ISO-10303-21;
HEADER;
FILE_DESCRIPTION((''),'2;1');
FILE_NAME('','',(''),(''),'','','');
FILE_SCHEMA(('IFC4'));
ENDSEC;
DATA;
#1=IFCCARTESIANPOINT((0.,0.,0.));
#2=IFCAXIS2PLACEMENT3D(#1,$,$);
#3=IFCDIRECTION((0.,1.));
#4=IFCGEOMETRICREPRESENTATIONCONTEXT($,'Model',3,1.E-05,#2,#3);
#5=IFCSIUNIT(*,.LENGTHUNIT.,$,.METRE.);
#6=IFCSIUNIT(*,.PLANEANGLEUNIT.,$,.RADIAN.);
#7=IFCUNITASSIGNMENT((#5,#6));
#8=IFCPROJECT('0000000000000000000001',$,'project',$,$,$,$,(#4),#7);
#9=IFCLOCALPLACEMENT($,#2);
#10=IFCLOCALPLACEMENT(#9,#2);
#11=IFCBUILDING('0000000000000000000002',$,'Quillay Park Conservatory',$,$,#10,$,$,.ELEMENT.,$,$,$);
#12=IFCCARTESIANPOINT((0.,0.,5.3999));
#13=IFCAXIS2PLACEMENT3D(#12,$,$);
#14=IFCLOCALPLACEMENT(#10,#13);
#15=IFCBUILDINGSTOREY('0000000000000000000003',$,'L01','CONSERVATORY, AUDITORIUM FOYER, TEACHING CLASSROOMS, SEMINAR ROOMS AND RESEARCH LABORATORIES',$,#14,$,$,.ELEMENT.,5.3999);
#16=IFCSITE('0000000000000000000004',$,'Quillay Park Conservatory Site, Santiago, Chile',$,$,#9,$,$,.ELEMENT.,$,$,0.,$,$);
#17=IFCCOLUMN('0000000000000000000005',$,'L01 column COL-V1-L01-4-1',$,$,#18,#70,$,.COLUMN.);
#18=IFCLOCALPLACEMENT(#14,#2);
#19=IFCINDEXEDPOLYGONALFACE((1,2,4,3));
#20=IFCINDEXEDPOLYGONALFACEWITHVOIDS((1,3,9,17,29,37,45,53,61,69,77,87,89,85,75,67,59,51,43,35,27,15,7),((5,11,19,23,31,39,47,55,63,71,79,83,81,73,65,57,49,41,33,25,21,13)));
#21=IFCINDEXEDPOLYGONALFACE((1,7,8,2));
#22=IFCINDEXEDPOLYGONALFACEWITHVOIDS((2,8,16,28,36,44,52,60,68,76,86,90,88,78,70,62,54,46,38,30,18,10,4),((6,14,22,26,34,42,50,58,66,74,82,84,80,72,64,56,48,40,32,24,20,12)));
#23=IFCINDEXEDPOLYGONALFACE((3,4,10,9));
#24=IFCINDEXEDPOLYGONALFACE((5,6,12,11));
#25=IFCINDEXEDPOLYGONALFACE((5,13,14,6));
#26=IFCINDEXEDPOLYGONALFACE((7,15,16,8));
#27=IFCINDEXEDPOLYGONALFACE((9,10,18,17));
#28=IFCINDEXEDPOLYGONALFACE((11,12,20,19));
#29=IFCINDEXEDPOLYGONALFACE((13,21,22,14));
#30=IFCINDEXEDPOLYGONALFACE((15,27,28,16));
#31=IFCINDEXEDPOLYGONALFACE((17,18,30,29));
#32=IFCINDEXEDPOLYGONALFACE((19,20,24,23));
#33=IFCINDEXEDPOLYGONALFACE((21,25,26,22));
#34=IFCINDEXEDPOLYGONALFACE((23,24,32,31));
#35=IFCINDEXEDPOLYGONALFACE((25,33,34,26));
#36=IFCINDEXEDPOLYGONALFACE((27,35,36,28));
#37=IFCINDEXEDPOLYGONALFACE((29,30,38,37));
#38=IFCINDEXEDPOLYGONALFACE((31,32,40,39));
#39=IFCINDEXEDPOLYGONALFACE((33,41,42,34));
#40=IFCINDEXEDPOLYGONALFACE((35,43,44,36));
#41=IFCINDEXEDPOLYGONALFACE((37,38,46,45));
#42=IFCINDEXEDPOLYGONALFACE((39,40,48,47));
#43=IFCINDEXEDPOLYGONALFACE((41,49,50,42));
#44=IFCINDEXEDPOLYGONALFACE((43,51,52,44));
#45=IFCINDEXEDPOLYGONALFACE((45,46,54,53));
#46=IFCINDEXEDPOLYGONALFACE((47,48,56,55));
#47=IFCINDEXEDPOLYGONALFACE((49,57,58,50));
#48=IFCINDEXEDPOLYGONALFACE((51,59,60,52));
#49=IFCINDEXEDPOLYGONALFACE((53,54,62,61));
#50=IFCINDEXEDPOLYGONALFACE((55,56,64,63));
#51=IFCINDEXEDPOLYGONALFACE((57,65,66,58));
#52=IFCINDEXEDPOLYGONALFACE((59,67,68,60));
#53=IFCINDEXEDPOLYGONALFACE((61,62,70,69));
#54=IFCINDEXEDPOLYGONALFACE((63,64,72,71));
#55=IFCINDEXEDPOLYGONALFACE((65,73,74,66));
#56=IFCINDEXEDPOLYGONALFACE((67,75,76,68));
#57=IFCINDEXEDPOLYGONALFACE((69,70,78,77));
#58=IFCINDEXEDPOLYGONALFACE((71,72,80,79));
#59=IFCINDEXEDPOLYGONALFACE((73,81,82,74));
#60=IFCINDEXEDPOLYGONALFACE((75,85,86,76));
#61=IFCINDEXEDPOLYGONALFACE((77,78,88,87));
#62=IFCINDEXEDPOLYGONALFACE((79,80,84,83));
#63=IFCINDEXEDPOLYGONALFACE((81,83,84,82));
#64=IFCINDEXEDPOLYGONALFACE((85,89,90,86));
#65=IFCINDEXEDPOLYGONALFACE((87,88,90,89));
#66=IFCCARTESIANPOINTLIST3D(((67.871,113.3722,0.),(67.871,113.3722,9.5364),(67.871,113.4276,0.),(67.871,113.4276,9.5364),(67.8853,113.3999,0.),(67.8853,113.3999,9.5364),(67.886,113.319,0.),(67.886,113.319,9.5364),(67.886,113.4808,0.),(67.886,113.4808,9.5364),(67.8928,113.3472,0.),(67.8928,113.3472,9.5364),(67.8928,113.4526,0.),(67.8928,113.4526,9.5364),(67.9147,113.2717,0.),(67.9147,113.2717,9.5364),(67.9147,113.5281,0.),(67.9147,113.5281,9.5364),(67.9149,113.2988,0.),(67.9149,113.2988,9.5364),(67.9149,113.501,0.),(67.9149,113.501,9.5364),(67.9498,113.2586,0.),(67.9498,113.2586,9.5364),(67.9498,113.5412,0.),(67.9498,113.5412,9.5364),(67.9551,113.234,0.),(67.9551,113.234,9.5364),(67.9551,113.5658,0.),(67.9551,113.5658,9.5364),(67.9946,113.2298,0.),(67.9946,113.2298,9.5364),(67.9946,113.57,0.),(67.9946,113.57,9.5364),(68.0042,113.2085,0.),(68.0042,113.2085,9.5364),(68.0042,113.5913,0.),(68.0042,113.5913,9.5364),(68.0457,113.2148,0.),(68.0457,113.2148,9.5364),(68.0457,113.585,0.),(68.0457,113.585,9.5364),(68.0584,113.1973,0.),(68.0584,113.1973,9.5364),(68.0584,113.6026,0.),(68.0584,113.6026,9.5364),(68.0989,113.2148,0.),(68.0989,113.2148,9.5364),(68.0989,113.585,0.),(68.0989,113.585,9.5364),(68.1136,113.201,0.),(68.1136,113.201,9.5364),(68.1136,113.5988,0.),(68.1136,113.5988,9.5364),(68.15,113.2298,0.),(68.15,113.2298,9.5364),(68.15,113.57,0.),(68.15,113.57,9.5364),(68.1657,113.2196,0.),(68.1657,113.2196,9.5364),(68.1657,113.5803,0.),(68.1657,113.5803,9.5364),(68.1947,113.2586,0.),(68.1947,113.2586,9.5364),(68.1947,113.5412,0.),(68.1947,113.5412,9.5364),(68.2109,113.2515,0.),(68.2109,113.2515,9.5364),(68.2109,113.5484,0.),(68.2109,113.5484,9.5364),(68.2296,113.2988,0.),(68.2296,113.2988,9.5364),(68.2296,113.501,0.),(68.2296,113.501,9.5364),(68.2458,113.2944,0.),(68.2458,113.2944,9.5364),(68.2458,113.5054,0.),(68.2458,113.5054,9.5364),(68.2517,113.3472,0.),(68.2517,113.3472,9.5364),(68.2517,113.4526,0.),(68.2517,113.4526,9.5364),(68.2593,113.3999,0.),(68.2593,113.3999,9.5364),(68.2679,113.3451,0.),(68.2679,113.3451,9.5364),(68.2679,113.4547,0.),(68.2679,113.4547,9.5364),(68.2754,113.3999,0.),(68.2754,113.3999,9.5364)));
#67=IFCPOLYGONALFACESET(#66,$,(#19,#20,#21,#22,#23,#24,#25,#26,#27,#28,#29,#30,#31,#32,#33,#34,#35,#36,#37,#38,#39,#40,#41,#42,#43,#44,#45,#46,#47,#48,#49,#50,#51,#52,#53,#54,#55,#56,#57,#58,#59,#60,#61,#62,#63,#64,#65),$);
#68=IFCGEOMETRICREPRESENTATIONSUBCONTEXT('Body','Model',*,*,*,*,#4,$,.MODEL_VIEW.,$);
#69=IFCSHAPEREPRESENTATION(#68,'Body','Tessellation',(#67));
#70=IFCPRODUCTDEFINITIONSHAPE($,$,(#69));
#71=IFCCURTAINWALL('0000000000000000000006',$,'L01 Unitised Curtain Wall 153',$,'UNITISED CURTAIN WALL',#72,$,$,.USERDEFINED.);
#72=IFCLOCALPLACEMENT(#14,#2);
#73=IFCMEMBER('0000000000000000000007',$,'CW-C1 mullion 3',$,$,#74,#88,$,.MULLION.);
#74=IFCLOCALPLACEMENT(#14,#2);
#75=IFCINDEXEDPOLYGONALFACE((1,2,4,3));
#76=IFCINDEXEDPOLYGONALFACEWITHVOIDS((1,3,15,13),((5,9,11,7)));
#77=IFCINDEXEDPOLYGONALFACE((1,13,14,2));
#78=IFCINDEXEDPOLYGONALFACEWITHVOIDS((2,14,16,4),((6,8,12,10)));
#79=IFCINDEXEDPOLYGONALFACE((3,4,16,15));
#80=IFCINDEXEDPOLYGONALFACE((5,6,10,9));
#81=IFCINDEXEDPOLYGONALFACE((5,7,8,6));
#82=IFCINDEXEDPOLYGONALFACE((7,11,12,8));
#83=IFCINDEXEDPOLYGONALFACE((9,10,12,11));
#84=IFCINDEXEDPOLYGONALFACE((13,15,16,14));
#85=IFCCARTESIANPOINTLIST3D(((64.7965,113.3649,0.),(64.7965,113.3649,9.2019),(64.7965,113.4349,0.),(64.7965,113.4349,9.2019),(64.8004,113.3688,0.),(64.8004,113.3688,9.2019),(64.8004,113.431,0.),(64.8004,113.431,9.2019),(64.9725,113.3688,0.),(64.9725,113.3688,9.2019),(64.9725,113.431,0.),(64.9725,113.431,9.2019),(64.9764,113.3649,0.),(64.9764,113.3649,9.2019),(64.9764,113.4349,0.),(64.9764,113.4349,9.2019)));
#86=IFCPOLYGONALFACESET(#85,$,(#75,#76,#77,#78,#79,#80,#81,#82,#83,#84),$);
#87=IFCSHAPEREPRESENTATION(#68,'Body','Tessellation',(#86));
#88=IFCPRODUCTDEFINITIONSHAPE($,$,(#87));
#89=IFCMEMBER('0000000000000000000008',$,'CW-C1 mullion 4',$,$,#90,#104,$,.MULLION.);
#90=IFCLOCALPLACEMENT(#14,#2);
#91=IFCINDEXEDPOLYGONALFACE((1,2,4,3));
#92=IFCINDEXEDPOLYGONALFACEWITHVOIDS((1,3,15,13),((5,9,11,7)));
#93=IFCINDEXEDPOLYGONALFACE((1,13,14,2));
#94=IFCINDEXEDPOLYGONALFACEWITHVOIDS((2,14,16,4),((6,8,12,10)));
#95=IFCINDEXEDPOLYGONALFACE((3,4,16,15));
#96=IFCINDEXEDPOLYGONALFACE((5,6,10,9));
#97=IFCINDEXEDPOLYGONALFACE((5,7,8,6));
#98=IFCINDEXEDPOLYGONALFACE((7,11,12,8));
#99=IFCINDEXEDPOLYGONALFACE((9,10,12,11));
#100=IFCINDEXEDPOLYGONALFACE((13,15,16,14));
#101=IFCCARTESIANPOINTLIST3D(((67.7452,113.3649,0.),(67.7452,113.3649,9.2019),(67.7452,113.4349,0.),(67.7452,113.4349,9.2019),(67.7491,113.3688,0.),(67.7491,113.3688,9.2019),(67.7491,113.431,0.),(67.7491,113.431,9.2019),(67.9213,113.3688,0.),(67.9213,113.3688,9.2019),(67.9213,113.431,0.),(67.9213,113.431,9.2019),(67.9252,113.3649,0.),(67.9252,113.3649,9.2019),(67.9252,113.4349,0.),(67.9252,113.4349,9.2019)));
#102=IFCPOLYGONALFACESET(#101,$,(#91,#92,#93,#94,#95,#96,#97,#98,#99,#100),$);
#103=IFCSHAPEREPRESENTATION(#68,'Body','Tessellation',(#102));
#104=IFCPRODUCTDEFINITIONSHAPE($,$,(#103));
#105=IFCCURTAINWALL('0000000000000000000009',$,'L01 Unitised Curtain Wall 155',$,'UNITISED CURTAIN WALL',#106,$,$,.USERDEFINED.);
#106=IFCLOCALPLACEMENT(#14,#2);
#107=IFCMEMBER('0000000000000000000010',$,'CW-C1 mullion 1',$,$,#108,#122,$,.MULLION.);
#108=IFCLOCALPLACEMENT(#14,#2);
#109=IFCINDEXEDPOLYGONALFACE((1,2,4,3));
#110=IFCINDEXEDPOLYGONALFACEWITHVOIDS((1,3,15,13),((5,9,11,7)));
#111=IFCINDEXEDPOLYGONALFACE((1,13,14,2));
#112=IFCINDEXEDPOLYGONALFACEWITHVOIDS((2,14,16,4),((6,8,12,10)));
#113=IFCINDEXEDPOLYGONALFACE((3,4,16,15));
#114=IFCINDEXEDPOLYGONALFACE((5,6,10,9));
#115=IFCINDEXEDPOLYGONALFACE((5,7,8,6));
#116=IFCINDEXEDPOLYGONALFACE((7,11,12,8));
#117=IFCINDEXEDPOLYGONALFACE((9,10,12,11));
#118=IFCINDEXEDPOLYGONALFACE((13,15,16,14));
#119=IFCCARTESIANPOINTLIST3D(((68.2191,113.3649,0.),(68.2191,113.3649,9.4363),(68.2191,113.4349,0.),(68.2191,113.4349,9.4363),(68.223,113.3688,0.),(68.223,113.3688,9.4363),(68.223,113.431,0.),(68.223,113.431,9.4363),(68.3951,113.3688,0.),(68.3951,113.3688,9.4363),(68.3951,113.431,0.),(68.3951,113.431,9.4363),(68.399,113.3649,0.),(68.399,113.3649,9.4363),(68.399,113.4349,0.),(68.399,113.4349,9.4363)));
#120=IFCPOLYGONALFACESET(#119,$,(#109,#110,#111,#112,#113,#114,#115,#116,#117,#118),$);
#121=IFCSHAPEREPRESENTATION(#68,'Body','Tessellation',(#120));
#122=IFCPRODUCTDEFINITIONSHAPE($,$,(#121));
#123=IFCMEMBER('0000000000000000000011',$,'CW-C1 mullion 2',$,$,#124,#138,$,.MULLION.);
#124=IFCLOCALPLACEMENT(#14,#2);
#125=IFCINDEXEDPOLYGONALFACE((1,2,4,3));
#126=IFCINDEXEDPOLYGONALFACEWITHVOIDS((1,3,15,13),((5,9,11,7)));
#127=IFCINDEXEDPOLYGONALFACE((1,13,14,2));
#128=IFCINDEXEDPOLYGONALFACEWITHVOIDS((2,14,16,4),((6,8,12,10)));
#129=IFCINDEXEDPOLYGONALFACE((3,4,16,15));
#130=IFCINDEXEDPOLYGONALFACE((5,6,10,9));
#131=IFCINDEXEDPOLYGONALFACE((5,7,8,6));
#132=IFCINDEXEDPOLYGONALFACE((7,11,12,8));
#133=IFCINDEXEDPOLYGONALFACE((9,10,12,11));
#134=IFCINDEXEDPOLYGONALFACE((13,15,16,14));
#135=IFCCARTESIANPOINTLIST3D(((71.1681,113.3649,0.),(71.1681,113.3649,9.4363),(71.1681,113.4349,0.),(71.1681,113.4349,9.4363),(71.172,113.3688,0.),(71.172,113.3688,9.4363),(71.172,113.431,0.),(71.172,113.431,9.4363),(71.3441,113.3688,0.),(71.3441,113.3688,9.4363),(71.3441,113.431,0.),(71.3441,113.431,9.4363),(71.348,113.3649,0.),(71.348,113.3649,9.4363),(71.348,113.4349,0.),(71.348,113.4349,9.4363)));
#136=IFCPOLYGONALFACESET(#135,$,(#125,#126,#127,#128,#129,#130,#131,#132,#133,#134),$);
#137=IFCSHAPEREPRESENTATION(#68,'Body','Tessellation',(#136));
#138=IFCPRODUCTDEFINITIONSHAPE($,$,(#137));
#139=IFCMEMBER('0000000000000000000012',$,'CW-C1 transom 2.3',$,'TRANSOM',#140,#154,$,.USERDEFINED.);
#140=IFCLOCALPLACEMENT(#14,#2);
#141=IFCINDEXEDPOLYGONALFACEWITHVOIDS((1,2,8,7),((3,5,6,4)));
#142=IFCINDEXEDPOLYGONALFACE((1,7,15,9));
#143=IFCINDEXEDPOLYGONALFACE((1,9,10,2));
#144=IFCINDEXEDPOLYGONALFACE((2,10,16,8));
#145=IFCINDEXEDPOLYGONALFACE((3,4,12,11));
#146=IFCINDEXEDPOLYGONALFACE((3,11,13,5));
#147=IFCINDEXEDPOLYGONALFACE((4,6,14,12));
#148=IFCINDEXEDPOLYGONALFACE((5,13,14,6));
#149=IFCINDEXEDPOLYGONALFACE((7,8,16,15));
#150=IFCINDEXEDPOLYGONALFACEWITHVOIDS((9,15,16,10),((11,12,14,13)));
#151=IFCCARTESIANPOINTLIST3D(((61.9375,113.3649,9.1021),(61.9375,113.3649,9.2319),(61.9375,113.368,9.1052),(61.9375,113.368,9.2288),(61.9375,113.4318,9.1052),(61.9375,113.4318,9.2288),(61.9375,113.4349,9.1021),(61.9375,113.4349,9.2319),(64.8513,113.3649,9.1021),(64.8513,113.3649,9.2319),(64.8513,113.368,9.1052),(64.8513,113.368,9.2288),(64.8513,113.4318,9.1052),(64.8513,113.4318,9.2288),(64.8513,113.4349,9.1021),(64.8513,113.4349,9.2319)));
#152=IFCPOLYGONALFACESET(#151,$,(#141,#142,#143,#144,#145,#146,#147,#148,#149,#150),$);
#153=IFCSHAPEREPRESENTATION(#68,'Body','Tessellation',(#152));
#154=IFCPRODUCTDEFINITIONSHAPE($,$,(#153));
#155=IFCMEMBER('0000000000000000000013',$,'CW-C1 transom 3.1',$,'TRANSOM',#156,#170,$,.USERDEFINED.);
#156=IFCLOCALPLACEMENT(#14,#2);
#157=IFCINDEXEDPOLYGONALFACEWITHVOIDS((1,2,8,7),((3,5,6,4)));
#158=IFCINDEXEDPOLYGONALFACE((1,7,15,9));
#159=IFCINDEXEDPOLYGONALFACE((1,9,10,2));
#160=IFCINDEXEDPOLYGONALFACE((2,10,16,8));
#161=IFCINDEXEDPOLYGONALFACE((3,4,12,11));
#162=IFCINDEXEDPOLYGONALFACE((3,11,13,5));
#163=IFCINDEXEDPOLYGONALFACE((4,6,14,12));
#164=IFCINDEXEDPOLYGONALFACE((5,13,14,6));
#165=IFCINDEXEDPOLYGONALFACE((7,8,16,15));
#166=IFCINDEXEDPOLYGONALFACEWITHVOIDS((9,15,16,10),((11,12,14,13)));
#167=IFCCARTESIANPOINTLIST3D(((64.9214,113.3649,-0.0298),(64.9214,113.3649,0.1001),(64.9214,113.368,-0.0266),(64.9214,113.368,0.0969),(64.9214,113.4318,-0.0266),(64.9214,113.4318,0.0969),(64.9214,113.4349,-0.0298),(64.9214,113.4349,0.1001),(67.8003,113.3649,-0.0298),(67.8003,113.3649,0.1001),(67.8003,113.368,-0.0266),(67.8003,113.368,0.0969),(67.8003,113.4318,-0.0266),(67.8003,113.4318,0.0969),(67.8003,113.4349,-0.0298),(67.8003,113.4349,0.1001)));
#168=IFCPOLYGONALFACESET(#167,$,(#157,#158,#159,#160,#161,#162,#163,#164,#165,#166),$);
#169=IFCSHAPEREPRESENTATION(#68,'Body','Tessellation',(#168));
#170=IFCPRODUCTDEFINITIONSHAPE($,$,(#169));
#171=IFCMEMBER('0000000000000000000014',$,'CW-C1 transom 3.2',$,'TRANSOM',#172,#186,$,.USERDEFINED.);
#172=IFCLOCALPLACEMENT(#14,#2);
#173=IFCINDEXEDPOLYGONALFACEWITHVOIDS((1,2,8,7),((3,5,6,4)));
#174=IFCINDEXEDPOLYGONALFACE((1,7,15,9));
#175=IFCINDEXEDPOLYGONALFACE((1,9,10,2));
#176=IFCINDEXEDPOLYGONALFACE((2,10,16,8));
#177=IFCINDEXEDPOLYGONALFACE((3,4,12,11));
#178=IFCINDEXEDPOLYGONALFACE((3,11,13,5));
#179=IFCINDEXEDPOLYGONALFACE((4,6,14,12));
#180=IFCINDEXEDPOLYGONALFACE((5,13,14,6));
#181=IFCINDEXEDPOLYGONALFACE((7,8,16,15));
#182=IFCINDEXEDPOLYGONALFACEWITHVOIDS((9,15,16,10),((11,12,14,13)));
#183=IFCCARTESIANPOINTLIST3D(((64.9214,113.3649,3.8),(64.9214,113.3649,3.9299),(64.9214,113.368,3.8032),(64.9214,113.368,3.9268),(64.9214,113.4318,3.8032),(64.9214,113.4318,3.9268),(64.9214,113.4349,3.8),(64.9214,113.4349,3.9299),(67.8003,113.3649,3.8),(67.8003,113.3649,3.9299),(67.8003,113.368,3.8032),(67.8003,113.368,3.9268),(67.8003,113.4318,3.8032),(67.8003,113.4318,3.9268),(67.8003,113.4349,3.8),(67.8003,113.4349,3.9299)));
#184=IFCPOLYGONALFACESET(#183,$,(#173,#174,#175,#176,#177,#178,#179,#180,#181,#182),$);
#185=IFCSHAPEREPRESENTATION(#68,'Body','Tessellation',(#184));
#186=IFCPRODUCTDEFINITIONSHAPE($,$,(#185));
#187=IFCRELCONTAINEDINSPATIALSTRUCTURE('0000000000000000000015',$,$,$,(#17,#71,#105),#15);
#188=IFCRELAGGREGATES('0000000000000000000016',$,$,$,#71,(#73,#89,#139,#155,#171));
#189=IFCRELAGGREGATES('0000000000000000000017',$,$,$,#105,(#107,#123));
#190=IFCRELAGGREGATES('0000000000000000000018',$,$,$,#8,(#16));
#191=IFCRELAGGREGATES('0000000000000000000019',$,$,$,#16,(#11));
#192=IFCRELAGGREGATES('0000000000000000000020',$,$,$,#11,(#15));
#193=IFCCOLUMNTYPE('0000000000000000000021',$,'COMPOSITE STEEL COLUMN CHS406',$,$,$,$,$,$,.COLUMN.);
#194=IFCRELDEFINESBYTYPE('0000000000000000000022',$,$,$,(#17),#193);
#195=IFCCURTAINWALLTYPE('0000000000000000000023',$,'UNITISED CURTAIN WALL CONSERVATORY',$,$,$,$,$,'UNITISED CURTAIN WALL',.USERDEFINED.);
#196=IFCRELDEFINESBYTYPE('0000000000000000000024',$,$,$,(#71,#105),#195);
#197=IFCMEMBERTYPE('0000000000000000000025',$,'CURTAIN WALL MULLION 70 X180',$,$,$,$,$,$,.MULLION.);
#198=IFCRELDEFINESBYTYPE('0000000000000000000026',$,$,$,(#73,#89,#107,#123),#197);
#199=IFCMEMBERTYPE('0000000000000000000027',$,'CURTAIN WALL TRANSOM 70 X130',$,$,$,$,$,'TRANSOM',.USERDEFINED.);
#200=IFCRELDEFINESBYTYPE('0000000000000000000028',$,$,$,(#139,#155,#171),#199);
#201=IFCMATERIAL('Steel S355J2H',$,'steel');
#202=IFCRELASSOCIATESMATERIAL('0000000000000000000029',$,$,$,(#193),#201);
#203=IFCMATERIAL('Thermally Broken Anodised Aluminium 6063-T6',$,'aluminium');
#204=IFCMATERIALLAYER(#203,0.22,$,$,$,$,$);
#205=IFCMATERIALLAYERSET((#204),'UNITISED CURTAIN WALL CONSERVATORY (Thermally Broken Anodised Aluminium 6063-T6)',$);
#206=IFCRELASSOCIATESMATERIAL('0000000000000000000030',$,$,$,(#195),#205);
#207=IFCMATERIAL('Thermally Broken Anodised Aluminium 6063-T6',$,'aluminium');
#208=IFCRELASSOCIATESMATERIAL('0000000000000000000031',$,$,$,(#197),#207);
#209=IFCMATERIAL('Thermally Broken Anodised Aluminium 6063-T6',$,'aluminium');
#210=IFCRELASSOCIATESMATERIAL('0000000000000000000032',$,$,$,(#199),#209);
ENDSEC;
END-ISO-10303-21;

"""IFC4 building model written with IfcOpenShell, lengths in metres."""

from ifc_helpers import new_model, si_unit, direction, frame, origin, origin_2d, place, context, subcontext, project, spatial, hollow_rectangle, hollow_circle, extrude, material, layer, layer_set, material_profile, profile_set, type_object, element, aggregate, save


model = new_model("IFC4")

# Units and contexts
model_context = context("Model", 3, precision=1e-05, world=origin(), true_north=direction((0.0, 1.0)))
body_context = subcontext(model_context, "Body", "Model", "MODEL_VIEW")
ifc_project = project(units=[si_unit("LENGTHUNIT", "METRE"), si_unit("PLANEANGLEUNIT", "RADIAN")], contexts=[model_context])

# Site, building, storey
site_placement = place(None, origin())
site = spatial("IfcSite", under=ifc_project, at=site_placement, Name="Quillay Park Conservatory Site, Santiago, Chile", CompositionType="ELEMENT", RefElevation=0.0)
building_placement = place(site_placement, origin())
building = spatial("IfcBuilding", under=site, at=building_placement, Name="Quillay Park Conservatory", CompositionType="ELEMENT")
storey_placement = place(building_placement, frame((0.0, 0.0, 5.3999)))
storey = spatial("IfcBuildingStorey", under=building, at=storey_placement, Name="L01", Description="CONSERVATORY, AUDITORIUM FOYER, TEACHING CLASSROOMS, SEMINAR ROOMS AND RESEARCH LABORATORIES", CompositionType="ELEMENT", Elevation=5.3999)

# Column
ifc_material_1 = material(Name="Steel S355J2H", Category="steel")
ifc_material_profile_1 = material_profile(ifc_material_1, hollow_circle(Radius=0.2031, WallThickness=0.0161, at=origin_2d()), Name="CHS406.4x16")
ifc_profile_set_1 = profile_set([ifc_material_profile_1], Name="Steel S355J2H")
column_type = type_object("IfcColumnType", Name="COMPOSITE STEEL COLUMN CHS406", PredefinedType="COLUMN", material=ifc_profile_set_1)
column_placement = place(storey_placement, frame((68.0723, 113.3999, 0.0), z_axis=(0.0, 0.0, 1.0), x_axis=(1.0, 0.0, 0.0)))
element("IfcColumn", 1, at=column_placement, inside=storey, type_object=column_type, Name="L01 column COL-V1-L01-4-1", PredefinedType="COLUMN", context=body_context, shape_type="SweptSolid", body=[
    extrude(hollow_circle(Radius=0.2031, WallThickness=0.0161, at=origin_2d()), origin(), (0.0, 0.0, 1.0), 9.5364),
])

# Curtain walls, members
ifc_material_2 = material(Name="Thermally Broken Anodised Aluminium 6063-T6", Category="aluminium")
ifc_layer_1 = layer(ifc_material_2, 0.22)
ifc_layer_set_1 = layer_set([ifc_layer_1], Name="UNITISED CURTAIN WALL CONSERVATORY (Thermally Broken Anodised Aluminium 6063-T6)")
curtain_wall_type = type_object("IfcCurtainWallType", Name="UNITISED CURTAIN WALL CONSERVATORY", ElementType="UNITISED CURTAIN WALL", PredefinedType="USERDEFINED", material=ifc_layer_set_1)
curtain_wall_1_placement = place(storey_placement, origin())
curtain_wall_1 = element("IfcCurtainWall", 2, at=curtain_wall_1_placement, inside=storey, type_object=curtain_wall_type, Name="L01 Unitised Curtain Wall 153", ObjectType="UNITISED CURTAIN WALL", PredefinedType="USERDEFINED")
ifc_material_3 = material(Name="Thermally Broken Anodised Aluminium 6063-T6", Category="aluminium")
ifc_material_profile_2 = material_profile(ifc_material_3, hollow_rectangle(XDim=0.0701, YDim=0.1799, WallThickness=0.0039, at=origin_2d()), Name="AL70x180x4")
ifc_profile_set_2 = profile_set([ifc_material_profile_2], Name="Thermally Broken Anodised Aluminium 6063-T6")
member_type_1 = type_object("IfcMemberType", Name="CURTAIN WALL MULLION 70 X180", PredefinedType="MULLION", material=ifc_profile_set_2)
member_1_placement = place(storey_placement, frame((64.8865, 113.3999, 0.0), z_axis=(0.0, 0.0, 1.0), x_axis=(0.0, 1.0, 0.0)))
member_1 = element("IfcMember", 3, at=member_1_placement, type_object=member_type_1, Name="CW-C1 mullion 3", PredefinedType="MULLION", context=body_context, shape_type="SweptSolid", body=[
    extrude(hollow_rectangle(XDim=0.0701, YDim=0.1799, WallThickness=0.0039, at=origin_2d()), origin(), (0.0, 0.0, 1.0), 9.2019),
])
member_2_placement = place(storey_placement, frame((67.8352, 113.3999, 0.0), z_axis=(0.0, 0.0, 1.0), x_axis=(0.0, 1.0, 0.0)))
member_2 = element("IfcMember", 4, at=member_2_placement, type_object=member_type_1, Name="CW-C1 mullion 4", PredefinedType="MULLION", context=body_context, shape_type="SweptSolid", body=[
    extrude(hollow_rectangle(XDim=0.0701, YDim=0.1799, WallThickness=0.0039, at=origin_2d()), origin(), (0.0, 0.0, 1.0), 9.2019),
])
curtain_wall_2_placement = place(storey_placement, origin())
curtain_wall_2 = element("IfcCurtainWall", 5, at=curtain_wall_2_placement, inside=storey, type_object=curtain_wall_type, Name="L01 Unitised Curtain Wall 155", ObjectType="UNITISED CURTAIN WALL", PredefinedType="USERDEFINED")
member_3_placement = place(storey_placement, frame((68.3091, 113.3999, 0.0), z_axis=(0.0, 0.0, 1.0), x_axis=(0.0, 1.0, 0.0)))
member_3 = element("IfcMember", 6, at=member_3_placement, type_object=member_type_1, Name="CW-C1 mullion 1", PredefinedType="MULLION", context=body_context, shape_type="SweptSolid", body=[
    extrude(hollow_rectangle(XDim=0.0701, YDim=0.1799, WallThickness=0.0039, at=origin_2d()), origin(), (0.0, 0.0, 1.0), 9.4363),
])
member_4_placement = place(storey_placement, frame((71.2581, 113.3999, 0.0), z_axis=(0.0, 0.0, 1.0), x_axis=(0.0, 1.0, 0.0)))
member_4 = element("IfcMember", 7, at=member_4_placement, type_object=member_type_1, Name="CW-C1 mullion 2", PredefinedType="MULLION", context=body_context, shape_type="SweptSolid", body=[
    extrude(hollow_rectangle(XDim=0.0701, YDim=0.1799, WallThickness=0.0039, at=origin_2d()), origin(), (0.0, 0.0, 1.0), 9.4363),
])

# Members
ifc_material_4 = material(Name="Thermally Broken Anodised Aluminium 6063-T6", Category="aluminium")
ifc_material_profile_3 = material_profile(ifc_material_4, hollow_rectangle(XDim=0.0701, YDim=0.1299, WallThickness=0.0032, at=origin_2d()), Name="AL70x130x3.2")
ifc_profile_set_3 = profile_set([ifc_material_profile_3], Name="Thermally Broken Anodised Aluminium 6063-T6")
member_type_2 = type_object("IfcMemberType", Name="CURTAIN WALL TRANSOM 70 X130", ElementType="TRANSOM", PredefinedType="USERDEFINED", material=ifc_profile_set_3)
member_5_placement = place(storey_placement, frame((61.9375, 113.3999, 9.167), z_axis=(1.0, 0.0, 0.0), x_axis=(0.0, 1.0, 0.0)))
member_5 = element("IfcMember", 8, at=member_5_placement, type_object=member_type_2, Name="CW-C1 transom 2.3", ObjectType="TRANSOM", PredefinedType="USERDEFINED", context=body_context, shape_type="SweptSolid", body=[
    extrude(hollow_rectangle(XDim=0.0701, YDim=0.1299, WallThickness=0.0032, at=origin_2d()), origin(), (0.0, 0.0, 1.0), 2.9138),
])
member_6_placement = place(storey_placement, frame((64.9214, 113.3999, 0.0352), z_axis=(1.0, 0.0, 0.0), x_axis=(0.0, 1.0, 0.0)))
member_6 = element("IfcMember", 9, at=member_6_placement, type_object=member_type_2, Name="CW-C1 transom 3.1", ObjectType="TRANSOM", PredefinedType="USERDEFINED", context=body_context, shape_type="SweptSolid", body=[
    extrude(hollow_rectangle(XDim=0.0701, YDim=0.1299, WallThickness=0.0032, at=origin_2d()), origin(), (0.0, 0.0, 1.0), 2.8789),
])
member_7_placement = place(storey_placement, frame((64.9214, 113.3999, 3.865), z_axis=(1.0, 0.0, 0.0), x_axis=(0.0, 1.0, 0.0)))
member_7 = element("IfcMember", 10, at=member_7_placement, type_object=member_type_2, Name="CW-C1 transom 3.2", ObjectType="TRANSOM", PredefinedType="USERDEFINED", context=body_context, shape_type="SweptSolid", body=[
    extrude(hollow_rectangle(XDim=0.0701, YDim=0.1299, WallThickness=0.0032, at=origin_2d()), origin(), (0.0, 0.0, 1.0), 2.8789),
])

aggregate(curtain_wall_1, [member_1, member_2, member_5, member_6, member_7])
aggregate(curtain_wall_2, [member_3, member_4])

save(model, "model.ifc")
